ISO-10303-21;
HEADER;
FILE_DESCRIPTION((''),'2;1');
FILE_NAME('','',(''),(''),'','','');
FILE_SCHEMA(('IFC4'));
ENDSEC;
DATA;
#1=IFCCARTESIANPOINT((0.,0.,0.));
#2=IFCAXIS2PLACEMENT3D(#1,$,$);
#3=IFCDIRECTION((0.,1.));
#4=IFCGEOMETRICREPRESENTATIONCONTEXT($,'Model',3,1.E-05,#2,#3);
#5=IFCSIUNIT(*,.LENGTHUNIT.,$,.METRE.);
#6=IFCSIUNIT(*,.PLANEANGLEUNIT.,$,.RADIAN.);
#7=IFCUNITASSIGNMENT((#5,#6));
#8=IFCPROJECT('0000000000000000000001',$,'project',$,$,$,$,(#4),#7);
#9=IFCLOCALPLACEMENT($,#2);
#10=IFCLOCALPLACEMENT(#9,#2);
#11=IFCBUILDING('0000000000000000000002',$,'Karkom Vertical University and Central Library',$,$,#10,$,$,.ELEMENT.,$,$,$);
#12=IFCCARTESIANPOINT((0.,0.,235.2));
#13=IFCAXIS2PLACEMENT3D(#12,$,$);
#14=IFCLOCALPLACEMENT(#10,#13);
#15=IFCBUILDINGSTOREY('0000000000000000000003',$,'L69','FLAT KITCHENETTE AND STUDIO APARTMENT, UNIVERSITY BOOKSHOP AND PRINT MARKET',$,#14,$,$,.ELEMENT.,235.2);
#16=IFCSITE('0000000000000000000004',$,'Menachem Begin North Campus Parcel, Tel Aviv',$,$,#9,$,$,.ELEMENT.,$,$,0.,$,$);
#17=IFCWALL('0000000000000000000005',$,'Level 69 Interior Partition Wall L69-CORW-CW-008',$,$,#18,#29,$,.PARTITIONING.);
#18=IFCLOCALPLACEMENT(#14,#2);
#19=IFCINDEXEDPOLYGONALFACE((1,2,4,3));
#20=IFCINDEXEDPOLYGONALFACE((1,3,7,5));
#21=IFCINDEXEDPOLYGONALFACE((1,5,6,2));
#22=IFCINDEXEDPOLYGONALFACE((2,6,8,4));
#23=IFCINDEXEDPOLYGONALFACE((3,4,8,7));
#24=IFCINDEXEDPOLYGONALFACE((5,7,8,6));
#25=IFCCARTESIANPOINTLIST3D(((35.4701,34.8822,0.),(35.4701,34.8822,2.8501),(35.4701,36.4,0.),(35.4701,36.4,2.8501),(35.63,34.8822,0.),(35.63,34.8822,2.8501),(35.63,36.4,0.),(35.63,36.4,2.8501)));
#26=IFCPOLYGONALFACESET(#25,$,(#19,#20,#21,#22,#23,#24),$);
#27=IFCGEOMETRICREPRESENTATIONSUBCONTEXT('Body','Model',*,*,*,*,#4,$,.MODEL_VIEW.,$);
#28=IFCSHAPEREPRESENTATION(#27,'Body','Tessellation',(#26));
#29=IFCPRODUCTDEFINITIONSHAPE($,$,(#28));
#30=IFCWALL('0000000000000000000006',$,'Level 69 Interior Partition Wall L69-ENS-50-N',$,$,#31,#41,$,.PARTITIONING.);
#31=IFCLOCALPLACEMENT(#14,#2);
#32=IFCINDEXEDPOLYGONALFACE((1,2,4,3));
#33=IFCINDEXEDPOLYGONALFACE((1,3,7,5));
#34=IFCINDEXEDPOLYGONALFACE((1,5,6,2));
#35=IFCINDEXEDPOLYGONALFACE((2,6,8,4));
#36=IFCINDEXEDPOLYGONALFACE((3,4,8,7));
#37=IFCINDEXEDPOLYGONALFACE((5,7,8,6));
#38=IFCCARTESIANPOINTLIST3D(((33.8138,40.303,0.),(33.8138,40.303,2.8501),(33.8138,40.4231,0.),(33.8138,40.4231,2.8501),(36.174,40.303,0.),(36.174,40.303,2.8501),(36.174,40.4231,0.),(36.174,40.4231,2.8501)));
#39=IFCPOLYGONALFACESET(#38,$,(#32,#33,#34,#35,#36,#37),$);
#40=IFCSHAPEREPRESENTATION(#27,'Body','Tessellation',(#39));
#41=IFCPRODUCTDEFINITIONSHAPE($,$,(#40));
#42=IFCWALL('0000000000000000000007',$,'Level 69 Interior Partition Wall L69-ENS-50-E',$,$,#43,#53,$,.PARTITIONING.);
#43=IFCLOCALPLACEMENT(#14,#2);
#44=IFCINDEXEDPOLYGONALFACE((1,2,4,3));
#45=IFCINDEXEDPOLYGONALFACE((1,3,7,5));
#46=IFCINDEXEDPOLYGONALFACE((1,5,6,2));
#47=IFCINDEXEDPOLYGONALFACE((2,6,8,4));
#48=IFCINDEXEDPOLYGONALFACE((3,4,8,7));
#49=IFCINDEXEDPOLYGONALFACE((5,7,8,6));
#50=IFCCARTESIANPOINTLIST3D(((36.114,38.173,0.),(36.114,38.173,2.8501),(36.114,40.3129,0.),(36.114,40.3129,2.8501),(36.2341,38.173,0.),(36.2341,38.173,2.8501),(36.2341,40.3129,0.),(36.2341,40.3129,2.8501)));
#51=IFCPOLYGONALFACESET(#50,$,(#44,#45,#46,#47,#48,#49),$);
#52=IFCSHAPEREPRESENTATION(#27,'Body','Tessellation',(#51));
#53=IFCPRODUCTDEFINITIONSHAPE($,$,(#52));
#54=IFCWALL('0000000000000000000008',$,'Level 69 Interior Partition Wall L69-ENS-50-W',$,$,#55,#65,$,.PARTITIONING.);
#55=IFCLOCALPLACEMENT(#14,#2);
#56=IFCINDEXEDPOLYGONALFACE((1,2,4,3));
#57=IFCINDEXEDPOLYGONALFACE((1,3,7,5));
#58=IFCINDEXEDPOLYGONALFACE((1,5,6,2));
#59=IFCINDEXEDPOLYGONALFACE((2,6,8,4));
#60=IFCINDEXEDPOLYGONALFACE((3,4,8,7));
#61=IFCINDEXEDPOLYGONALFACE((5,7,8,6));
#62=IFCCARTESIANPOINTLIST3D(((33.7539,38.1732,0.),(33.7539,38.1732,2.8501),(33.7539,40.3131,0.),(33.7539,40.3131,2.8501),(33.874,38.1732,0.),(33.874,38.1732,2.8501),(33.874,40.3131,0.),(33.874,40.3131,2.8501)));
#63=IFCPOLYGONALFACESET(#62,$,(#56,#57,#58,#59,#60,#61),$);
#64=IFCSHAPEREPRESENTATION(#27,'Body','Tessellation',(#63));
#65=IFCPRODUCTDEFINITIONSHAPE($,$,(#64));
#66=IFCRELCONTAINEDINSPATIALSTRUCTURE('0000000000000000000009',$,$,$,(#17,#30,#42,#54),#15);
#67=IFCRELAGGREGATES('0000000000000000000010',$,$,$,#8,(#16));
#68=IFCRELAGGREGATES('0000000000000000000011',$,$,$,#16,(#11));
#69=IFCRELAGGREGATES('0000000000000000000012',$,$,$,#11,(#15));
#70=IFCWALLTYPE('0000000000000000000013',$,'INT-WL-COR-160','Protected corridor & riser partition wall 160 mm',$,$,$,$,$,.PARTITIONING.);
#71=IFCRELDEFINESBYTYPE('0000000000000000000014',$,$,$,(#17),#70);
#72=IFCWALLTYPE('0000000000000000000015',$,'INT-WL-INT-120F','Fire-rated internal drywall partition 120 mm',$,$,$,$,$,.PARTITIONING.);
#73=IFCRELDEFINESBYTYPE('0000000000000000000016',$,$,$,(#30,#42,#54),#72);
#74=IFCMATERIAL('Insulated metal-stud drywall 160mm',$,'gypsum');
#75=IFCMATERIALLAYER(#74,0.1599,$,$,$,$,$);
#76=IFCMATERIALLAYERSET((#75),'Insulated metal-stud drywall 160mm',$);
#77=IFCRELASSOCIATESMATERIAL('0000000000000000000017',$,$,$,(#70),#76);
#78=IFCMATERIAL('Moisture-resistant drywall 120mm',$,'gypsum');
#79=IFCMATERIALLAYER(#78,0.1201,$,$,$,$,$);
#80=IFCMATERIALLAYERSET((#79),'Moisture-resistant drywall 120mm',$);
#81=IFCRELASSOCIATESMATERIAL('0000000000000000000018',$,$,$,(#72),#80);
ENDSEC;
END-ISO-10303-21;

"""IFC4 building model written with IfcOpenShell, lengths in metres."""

from ifc_helpers import new_model, si_unit, direction, frame, frame_2d, origin, place, context, subcontext, project, spatial, rectangle, extrude, material, layer, layer_set, type_object, element, save


model = new_model("IFC4")

# Units and contexts
model_context = context("Model", 3, precision=1e-05, world=origin(), true_north=direction((0.0, 1.0)))
body_context = subcontext(model_context, "Body", "Model", "MODEL_VIEW")
ifc_project = project(units=[si_unit("LENGTHUNIT", "METRE"), si_unit("PLANEANGLEUNIT", "RADIAN")], contexts=[model_context])

# Site, building, storey
site_placement = place(None, origin())
site = spatial("IfcSite", under=ifc_project, at=site_placement, Name="Menachem Begin North Campus Parcel, Tel Aviv", CompositionType="ELEMENT", RefElevation=0.0)
building_placement = place(site_placement, origin())
building = spatial("IfcBuilding", under=site, at=building_placement, Name="Karkom Vertical University and Central Library", CompositionType="ELEMENT")
storey_placement = place(building_placement, frame((0.0, 0.0, 235.2)))
storey = spatial("IfcBuildingStorey", under=building, at=storey_placement, Name="L69", Description="FLAT KITCHENETTE AND STUDIO APARTMENT, UNIVERSITY BOOKSHOP AND PRINT MARKET", CompositionType="ELEMENT", Elevation=235.2)

# Walls
ifc_material_1 = material(Name="Insulated metal-stud drywall 160mm", Category="gypsum")
ifc_layer_1 = layer(ifc_material_1, 0.1599)
ifc_layer_set_1 = layer_set([ifc_layer_1], Name="Insulated metal-stud drywall 160mm")
wall_type_1 = type_object("IfcWallType", Name="INT-WL-COR-160", Description="Protected corridor & riser partition wall 160 mm", PredefinedType="PARTITIONING", material=ifc_layer_set_1)
wall_1_placement = place(storey_placement, frame((35.55, 36.3999, 0.0), z_axis=(0.0, 0.0, 1.0), x_axis=(0.0, -1.0, 0.0)))
element("IfcWall", 1, at=wall_1_placement, inside=storey, type_object=wall_type_1, Name="Level 69 Interior Partition Wall L69-CORW-CW-008", PredefinedType="PARTITIONING", context=body_context, shape_type="SweptSolid", body=[
    extrude(rectangle(XDim=1.5178, YDim=0.1599, at=frame_2d((0.7588, 0.0))), origin(), (0.0, 0.0, 1.0), 2.8501),
])
ifc_material_2 = material(Name="Moisture-resistant drywall 120mm", Category="gypsum")
ifc_layer_2 = layer(ifc_material_2, 0.1201)
ifc_layer_set_2 = layer_set([ifc_layer_2], Name="Moisture-resistant drywall 120mm")
wall_type_2 = type_object("IfcWallType", Name="INT-WL-INT-120F", Description="Fire-rated internal drywall partition 120 mm", PredefinedType="PARTITIONING", material=ifc_layer_set_2)
wall_2_placement = place(storey_placement, frame((36.1741, 40.363, 0.0), z_axis=(0.0, 0.0, 1.0), x_axis=(-1.0, 0.0, 0.0)))
element("IfcWall", 2, at=wall_2_placement, inside=storey, type_object=wall_type_2, Name="Level 69 Interior Partition Wall L69-ENS-50-N", PredefinedType="PARTITIONING", context=body_context, shape_type="SweptSolid", body=[
    extrude(rectangle(XDim=2.3601, YDim=0.1201, at=frame_2d((1.1802, 0.0))), origin(), (0.0, 0.0, 1.0), 2.8501),
])
for number, where, z_axis, x_axis, name in (
    (3, (36.1741, 38.1731, 0.0), (0.0, 0.0, 1.0), (0.0, 1.0, 0.0), "Level 69 Interior Partition Wall L69-ENS-50-E"),
    (4, (33.814, 40.313, 0.0), (0.0, 0.0, 1.0), (0.0, -1.0, 0.0), "Level 69 Interior Partition Wall L69-ENS-50-W"),
):
    element("IfcWall", number, at=place(storey_placement, frame(where, z_axis=z_axis, x_axis=x_axis)), inside=storey, type_object=wall_type_2, Name=name, PredefinedType="PARTITIONING", context=body_context, shape_type="SweptSolid", body=[
        extrude(rectangle(XDim=2.1399, YDim=0.1201, at=frame_2d((1.0698, 0.0))), origin(), (0.0, 0.0, 1.0), 2.8501),
    ])

save(model, "model.ifc")
